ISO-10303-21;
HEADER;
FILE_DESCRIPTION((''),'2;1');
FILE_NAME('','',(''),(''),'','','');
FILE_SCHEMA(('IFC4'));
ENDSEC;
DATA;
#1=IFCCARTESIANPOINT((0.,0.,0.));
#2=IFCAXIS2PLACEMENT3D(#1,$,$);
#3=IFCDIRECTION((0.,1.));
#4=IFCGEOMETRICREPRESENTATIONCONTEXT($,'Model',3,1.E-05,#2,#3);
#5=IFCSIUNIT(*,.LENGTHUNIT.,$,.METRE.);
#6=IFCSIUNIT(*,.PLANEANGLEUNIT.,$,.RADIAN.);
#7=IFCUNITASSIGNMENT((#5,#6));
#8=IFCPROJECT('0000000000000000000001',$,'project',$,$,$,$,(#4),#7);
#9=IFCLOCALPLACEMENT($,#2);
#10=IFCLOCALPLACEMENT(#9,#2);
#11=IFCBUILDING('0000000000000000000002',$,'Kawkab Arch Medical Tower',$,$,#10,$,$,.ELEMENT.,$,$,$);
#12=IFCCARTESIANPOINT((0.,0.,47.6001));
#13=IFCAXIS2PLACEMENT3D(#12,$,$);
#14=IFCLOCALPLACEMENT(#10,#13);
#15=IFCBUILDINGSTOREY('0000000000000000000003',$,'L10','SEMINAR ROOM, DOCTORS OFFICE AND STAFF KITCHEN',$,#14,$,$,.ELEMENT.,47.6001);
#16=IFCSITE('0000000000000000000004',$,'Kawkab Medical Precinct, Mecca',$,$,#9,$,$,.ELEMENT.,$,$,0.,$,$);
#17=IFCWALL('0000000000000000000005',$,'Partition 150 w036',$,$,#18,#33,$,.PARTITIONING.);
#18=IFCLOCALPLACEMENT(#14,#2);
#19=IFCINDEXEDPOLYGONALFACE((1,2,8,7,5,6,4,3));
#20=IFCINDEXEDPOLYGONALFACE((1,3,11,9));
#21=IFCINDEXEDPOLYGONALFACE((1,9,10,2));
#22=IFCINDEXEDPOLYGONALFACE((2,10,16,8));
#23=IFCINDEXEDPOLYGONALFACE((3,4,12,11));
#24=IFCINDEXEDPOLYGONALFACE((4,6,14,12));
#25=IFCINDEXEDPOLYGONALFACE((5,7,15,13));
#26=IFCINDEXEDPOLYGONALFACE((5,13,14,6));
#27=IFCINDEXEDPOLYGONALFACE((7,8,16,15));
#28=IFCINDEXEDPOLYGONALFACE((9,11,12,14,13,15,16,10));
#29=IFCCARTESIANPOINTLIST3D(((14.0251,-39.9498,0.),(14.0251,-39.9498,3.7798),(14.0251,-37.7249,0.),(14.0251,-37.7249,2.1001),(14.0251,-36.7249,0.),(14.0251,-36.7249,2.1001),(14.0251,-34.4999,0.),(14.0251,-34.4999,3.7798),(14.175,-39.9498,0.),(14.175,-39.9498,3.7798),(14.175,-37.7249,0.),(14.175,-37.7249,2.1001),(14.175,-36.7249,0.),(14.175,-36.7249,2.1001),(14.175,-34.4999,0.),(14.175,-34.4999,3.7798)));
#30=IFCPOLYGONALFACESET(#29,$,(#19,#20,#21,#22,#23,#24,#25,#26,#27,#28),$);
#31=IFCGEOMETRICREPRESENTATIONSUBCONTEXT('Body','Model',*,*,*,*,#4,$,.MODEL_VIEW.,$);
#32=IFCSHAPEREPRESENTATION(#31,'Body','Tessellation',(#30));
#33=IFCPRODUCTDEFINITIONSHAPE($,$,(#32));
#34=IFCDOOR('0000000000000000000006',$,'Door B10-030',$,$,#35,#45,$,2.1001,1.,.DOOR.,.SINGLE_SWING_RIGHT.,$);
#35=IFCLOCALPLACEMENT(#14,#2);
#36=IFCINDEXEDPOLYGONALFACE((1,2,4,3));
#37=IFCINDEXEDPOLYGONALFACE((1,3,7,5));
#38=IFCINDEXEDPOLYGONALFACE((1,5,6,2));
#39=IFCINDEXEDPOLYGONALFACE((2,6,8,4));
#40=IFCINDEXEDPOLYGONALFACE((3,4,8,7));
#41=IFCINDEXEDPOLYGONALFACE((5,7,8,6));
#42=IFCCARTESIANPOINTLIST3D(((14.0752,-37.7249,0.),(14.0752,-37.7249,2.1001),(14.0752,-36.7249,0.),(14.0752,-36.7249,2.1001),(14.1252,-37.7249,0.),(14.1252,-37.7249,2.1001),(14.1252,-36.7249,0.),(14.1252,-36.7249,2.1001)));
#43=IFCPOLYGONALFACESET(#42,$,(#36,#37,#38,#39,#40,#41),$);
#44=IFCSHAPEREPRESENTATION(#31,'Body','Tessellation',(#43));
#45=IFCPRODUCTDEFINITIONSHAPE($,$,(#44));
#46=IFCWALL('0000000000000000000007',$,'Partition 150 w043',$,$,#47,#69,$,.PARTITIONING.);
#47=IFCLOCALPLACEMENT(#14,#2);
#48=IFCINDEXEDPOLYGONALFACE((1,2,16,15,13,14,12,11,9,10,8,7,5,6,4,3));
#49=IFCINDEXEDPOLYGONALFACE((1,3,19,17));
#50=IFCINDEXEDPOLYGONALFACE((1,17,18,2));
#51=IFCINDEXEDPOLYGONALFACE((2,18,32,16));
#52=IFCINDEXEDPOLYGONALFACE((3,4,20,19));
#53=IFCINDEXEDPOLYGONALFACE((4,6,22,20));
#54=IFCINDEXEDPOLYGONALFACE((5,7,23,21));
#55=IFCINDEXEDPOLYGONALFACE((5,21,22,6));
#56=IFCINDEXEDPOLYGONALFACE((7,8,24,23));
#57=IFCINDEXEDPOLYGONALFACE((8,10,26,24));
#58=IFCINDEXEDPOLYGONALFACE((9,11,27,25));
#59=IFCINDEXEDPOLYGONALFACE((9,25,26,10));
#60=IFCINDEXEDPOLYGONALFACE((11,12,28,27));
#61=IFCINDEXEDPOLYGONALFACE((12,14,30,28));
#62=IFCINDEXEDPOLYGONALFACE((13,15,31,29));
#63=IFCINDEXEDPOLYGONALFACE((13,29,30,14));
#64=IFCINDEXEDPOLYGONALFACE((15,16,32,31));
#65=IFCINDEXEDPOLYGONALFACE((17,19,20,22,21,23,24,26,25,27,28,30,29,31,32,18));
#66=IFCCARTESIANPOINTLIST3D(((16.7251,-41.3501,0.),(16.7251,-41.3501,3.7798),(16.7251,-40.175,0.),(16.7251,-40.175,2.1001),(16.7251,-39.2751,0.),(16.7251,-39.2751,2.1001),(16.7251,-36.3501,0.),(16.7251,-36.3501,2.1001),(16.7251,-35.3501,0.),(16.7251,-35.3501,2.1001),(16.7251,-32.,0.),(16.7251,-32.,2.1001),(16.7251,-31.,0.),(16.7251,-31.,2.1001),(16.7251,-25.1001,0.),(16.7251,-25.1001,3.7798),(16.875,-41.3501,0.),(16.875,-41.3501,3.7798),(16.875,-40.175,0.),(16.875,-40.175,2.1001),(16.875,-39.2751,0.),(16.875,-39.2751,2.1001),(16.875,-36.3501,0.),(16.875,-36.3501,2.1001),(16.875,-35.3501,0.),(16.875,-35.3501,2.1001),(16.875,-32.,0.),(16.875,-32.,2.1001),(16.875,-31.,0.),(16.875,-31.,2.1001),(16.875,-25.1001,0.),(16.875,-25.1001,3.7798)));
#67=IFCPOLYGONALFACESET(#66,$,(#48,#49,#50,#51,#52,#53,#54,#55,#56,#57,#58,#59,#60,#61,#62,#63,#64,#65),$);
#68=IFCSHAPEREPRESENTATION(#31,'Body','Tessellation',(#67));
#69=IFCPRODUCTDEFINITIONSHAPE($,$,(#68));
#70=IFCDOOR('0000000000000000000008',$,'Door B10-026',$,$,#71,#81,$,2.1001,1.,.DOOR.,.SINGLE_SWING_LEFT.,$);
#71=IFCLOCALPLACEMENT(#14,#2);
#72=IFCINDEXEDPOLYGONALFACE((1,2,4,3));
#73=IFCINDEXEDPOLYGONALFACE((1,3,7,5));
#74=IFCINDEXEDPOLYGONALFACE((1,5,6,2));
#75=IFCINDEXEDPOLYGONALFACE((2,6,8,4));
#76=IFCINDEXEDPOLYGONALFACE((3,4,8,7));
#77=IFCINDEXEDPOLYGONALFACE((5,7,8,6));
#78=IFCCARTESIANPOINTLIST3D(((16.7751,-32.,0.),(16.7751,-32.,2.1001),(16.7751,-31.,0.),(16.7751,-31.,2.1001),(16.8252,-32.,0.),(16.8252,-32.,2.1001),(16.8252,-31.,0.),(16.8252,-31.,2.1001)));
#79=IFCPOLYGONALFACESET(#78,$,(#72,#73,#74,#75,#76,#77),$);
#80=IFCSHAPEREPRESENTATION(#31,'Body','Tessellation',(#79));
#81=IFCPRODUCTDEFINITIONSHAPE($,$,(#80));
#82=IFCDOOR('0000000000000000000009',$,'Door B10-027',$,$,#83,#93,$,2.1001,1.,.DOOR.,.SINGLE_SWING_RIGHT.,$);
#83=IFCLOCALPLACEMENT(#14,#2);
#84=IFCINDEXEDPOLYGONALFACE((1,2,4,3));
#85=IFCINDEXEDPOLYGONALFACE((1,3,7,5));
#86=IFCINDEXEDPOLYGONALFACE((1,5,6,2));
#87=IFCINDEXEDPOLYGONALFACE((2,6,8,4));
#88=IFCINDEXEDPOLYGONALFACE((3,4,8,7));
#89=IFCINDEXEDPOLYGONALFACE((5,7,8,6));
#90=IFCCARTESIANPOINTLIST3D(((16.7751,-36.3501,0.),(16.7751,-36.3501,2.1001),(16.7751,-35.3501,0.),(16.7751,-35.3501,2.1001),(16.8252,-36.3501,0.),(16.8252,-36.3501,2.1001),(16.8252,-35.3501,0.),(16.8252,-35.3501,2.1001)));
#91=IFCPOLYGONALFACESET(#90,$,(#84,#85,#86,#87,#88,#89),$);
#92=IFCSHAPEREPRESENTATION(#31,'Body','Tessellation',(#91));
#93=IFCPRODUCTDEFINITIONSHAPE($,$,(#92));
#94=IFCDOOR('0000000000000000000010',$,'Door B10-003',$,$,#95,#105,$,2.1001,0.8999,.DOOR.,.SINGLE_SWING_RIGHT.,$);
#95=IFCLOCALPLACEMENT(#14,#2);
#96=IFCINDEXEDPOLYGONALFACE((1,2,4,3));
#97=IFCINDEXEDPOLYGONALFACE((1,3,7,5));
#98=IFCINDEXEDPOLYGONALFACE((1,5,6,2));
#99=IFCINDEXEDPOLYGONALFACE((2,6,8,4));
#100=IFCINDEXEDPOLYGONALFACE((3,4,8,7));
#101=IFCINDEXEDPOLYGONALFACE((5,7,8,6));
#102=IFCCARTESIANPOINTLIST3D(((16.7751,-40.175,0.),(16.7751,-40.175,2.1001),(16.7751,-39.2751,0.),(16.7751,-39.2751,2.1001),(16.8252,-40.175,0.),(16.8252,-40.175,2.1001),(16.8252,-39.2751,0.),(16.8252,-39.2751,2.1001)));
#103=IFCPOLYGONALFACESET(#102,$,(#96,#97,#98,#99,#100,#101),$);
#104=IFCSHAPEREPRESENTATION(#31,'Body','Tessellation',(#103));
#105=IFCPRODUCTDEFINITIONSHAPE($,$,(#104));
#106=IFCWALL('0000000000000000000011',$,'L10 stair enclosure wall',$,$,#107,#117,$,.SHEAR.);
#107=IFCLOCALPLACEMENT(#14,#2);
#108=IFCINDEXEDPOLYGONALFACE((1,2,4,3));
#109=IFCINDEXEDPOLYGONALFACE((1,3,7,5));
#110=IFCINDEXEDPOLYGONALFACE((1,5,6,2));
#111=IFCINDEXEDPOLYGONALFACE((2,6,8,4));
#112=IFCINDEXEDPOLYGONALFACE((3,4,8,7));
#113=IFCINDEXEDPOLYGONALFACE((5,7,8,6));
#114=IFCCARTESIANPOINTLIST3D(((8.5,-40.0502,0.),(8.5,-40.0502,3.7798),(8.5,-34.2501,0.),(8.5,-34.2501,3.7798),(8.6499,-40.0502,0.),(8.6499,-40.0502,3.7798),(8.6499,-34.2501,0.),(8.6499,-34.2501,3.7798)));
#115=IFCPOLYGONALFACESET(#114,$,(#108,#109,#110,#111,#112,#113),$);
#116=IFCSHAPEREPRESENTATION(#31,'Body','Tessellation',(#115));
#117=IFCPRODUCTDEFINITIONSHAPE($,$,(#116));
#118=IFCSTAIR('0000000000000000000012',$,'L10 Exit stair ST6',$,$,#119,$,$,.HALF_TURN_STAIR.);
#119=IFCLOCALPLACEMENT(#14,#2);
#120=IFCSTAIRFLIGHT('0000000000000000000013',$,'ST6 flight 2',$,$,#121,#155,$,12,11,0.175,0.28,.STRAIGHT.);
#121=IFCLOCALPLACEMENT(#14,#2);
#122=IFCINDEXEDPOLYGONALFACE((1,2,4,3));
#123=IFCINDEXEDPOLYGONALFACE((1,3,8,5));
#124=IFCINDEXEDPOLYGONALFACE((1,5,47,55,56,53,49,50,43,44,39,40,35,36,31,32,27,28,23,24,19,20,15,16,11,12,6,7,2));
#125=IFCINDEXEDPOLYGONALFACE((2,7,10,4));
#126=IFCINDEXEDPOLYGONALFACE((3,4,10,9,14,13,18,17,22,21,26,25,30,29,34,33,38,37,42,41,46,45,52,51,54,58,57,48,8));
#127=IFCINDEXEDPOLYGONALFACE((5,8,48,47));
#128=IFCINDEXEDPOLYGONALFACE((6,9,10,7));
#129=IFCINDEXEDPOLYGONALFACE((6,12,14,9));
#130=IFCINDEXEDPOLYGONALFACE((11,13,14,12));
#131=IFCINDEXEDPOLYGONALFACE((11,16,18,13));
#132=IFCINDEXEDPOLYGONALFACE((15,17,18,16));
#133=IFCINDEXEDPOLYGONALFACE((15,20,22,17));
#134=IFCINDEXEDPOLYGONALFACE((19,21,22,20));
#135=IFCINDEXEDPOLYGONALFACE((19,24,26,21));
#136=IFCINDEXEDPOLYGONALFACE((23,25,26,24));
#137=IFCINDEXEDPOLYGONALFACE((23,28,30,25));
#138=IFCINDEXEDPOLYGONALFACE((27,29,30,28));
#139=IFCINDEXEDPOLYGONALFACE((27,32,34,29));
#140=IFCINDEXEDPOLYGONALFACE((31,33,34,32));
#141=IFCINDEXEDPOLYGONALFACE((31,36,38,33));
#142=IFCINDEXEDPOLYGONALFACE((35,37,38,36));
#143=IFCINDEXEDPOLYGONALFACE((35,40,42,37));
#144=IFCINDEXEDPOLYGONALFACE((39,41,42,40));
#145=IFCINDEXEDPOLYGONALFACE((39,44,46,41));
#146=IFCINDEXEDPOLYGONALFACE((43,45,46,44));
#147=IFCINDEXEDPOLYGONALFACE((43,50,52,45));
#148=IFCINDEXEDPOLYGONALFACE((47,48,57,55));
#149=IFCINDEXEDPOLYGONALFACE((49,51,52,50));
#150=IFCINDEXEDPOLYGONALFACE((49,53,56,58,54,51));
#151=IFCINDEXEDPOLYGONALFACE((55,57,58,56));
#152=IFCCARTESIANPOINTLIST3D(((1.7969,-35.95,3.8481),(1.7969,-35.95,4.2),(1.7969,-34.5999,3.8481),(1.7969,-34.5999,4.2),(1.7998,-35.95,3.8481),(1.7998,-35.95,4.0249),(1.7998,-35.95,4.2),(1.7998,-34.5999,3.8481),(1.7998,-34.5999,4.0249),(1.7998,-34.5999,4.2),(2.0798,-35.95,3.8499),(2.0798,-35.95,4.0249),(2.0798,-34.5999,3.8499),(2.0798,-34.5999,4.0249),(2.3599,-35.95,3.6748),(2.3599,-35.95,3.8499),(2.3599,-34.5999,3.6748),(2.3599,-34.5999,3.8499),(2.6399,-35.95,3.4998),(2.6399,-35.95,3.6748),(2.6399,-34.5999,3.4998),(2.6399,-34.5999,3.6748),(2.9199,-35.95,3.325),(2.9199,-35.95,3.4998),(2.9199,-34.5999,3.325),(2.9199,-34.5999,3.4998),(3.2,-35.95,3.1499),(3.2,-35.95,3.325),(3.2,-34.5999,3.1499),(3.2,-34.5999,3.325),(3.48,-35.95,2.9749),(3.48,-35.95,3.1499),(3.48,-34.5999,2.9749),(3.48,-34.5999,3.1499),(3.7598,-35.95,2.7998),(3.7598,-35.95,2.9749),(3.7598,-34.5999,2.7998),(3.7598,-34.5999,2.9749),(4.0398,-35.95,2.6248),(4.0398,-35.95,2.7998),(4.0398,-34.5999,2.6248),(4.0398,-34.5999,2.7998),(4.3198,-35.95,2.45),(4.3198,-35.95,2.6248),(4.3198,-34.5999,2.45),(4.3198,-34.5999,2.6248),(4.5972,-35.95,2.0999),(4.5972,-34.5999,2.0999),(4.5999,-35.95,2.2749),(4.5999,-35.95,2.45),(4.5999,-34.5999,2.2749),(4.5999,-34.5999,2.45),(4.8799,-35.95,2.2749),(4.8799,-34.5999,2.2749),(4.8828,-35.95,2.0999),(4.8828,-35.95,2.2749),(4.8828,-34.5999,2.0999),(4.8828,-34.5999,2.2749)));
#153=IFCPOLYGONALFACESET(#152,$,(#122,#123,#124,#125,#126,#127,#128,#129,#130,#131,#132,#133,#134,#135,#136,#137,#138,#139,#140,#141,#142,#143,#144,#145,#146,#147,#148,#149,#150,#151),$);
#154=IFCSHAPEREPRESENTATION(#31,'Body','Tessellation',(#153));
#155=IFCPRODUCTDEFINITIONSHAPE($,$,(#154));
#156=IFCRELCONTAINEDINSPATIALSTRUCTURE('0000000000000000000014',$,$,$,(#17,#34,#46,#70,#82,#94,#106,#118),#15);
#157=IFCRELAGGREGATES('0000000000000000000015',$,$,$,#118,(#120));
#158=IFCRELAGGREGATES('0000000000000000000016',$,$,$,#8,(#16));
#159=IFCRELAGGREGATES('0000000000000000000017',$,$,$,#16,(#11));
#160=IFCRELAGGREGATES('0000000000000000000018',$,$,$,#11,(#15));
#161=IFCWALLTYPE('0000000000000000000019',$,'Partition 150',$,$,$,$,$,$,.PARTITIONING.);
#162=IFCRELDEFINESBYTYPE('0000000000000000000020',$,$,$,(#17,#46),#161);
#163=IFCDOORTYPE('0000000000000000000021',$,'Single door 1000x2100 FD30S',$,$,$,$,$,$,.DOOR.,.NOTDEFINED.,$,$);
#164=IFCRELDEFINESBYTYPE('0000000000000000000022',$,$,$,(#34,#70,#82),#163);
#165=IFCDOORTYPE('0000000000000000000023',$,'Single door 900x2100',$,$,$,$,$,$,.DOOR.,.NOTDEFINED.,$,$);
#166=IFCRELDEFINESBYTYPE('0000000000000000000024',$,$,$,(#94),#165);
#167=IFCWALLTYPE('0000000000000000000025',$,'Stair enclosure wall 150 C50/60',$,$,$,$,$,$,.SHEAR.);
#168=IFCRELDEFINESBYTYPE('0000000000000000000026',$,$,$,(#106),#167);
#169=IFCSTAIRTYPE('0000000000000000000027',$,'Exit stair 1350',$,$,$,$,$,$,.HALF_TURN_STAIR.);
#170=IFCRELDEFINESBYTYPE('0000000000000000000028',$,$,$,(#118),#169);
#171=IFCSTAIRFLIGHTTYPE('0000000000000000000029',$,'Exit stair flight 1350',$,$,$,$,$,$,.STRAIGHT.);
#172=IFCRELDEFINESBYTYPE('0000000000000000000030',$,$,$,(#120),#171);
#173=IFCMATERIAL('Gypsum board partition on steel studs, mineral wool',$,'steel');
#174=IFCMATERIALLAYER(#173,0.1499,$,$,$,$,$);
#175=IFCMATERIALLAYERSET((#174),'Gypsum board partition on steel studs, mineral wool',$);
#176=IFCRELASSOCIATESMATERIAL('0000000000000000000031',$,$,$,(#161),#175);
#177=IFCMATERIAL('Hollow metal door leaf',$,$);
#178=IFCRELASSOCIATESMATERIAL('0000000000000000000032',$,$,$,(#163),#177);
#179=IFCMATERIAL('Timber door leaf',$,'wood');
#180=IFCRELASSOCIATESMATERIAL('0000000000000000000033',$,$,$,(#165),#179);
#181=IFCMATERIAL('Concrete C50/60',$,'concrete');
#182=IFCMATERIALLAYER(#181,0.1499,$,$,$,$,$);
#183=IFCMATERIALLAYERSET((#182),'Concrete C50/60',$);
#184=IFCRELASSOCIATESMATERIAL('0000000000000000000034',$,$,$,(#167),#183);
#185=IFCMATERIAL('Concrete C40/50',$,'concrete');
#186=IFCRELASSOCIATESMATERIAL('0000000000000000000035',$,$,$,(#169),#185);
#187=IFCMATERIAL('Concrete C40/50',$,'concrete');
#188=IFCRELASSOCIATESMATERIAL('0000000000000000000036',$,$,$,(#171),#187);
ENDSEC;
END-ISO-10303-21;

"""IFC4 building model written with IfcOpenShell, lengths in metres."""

from ifc_helpers import new_model, si_unit, direction, frame, frame_2d, origin, place, context, subcontext, project, spatial, polyline, rectangle, outline, extrude, material, layer, layer_set, type_object, element, fill, aggregate, save


model = new_model("IFC4")

# Units and contexts
model_context = context("Model", 3, precision=1e-05, world=origin(), true_north=direction((0.0, 1.0)))
body_context = subcontext(model_context, "Body", "Model", "MODEL_VIEW")
ifc_project = project(units=[si_unit("LENGTHUNIT", "METRE"), si_unit("PLANEANGLEUNIT", "RADIAN")], contexts=[model_context])

# Site, building, storey
site_placement = place(None, origin())
site = spatial("IfcSite", under=ifc_project, at=site_placement, Name="Kawkab Medical Precinct, Mecca", CompositionType="ELEMENT", RefElevation=0.0)
building_placement = place(site_placement, origin())
building = spatial("IfcBuilding", under=site, at=building_placement, Name="Kawkab Arch Medical Tower", CompositionType="ELEMENT")
storey_placement = place(building_placement, frame((0.0, 0.0, 47.6001)))
storey = spatial("IfcBuildingStorey", under=building, at=storey_placement, Name="L10", Description="SEMINAR ROOM, DOCTORS OFFICE AND STAFF KITCHEN", CompositionType="ELEMENT", Elevation=47.6001)

# Shared definitions
ifc_material_1 = material(Name="Gypsum board partition on steel studs, mineral wool", Category="steel")
ifc_layer_1 = layer(ifc_material_1, 0.1499)
ifc_layer_set_1 = layer_set([ifc_layer_1], Name="Gypsum board partition on steel studs, mineral wool")
wall_type_1 = type_object("IfcWallType", Name="Partition 150", PredefinedType="PARTITIONING", material=ifc_layer_set_1)
ifc_material_2 = material(Name="Hollow metal door leaf")
door_type_1 = type_object("IfcDoorType", Name="Single door 1000x2100 FD30S", OperationType="NOTDEFINED", PredefinedType="DOOR", material=ifc_material_2)

# Wall, opening, door
wall_1_placement = place(storey_placement, frame((14.1001, -39.95, 0.0), z_axis=(0.0, 0.0, 1.0), x_axis=(0.0, 1.0, 0.0)))
wall_1 = element("IfcWall", 1, at=wall_1_placement, inside=storey, type_object=wall_type_1, Name="Partition 150 w036", PredefinedType="PARTITIONING", context=body_context, shape_type="SweptSolid", body=[
    extrude(rectangle(XDim=5.45, YDim=0.1499, at=frame_2d((2.7251, 0.0))), origin(), (0.0, 0.0, 1.0), 3.7798),
])
opening_1_placement = place(wall_1_placement, frame((2.2251, 0.0, 0.0)))
opening_1 = element("IfcOpeningElement", 2, at=opening_1_placement, cuts=wall_1, PredefinedType="OPENING", context=body_context, shape_type="SweptSolid", body=[
    extrude(rectangle(XDim=1.0, YDim=2.1001, at=frame_2d((0.5, 1.05))), frame((0.0, 0.085, 0.0), z_axis=(0.0, -1.0, 0.0), x_axis=(1.0, 0.0, 0.0)), (0.0, 0.0, 1.0), 0.1699),
])
door_1_placement = place(opening_1_placement, origin())
door_1 = element("IfcDoor", 3, at=door_1_placement, inside=storey, type_object=door_type_1, Name="Door B10-030", OperationType="SINGLE_SWING_RIGHT", OverallHeight=2.1001, OverallWidth=1.0, PredefinedType="DOOR", context=body_context, shape_type="SweptSolid", body=[
    extrude(rectangle(XDim=1.0, YDim=2.1001, at=frame_2d((0.5, 1.05))), frame((0.0, 0.0249, 0.0), z_axis=(0.0, -1.0, 0.0), x_axis=(1.0, 0.0, 0.0)), (0.0, 0.0, 1.0), 0.05),
])
fill(opening_1, door_1)

# Wall, openings, doors
wall_2_placement = place(storey_placement, frame((16.8, -41.3501, 0.0), z_axis=(0.0, 0.0, 1.0), x_axis=(0.0, 1.0, 0.0)))
wall_2 = element("IfcWall", 4, at=wall_2_placement, inside=storey, type_object=wall_type_1, Name="Partition 150 w043", PredefinedType="PARTITIONING", context=body_context, shape_type="SweptSolid", body=[
    extrude(rectangle(XDim=16.25, YDim=0.1499, at=frame_2d((8.125, 0.0))), origin(), (0.0, 0.0, 1.0), 3.7798),
])
opening_2_placement = place(wall_2_placement, frame((9.3501, 0.0, 0.0)))
opening_2 = element("IfcOpeningElement", 5, at=opening_2_placement, cuts=wall_2, PredefinedType="OPENING", context=body_context, shape_type="SweptSolid", body=[
    extrude(rectangle(XDim=1.0, YDim=2.1001, at=frame_2d((0.5, 1.05))), frame((0.0, 0.085, 0.0), z_axis=(0.0, -1.0, 0.0), x_axis=(1.0, 0.0, 0.0)), (0.0, 0.0, 1.0), 0.1699),
])
opening_3_placement = place(wall_2_placement, frame((5.0, 0.0, 0.0)))
opening_3 = element("IfcOpeningElement", 6, at=opening_3_placement, cuts=wall_2, PredefinedType="OPENING", context=body_context, shape_type="SweptSolid", body=[
    extrude(rectangle(XDim=1.0, YDim=2.1001, at=frame_2d((0.5, 1.05))), frame((0.0, 0.085, 0.0), z_axis=(0.0, -1.0, 0.0), x_axis=(1.0, 0.0, 0.0)), (0.0, 0.0, 1.0), 0.1699),
])
opening_4_placement = place(wall_2_placement, frame((1.175, 0.0, 0.0)))
opening_4 = element("IfcOpeningElement", 7, at=opening_4_placement, cuts=wall_2, PredefinedType="OPENING", context=body_context, shape_type="SweptSolid", body=[
    extrude(rectangle(XDim=0.8999, YDim=2.1001, at=frame_2d((0.45, 1.05))), frame((0.0, 0.085, 0.0), z_axis=(0.0, -1.0, 0.0), x_axis=(1.0, 0.0, 0.0)), (0.0, 0.0, 1.0), 0.1699),
])
door_2_placement = place(opening_2_placement, origin())
door_2 = element("IfcDoor", 8, at=door_2_placement, inside=storey, type_object=door_type_1, Name="Door B10-026", OperationType="SINGLE_SWING_LEFT", OverallHeight=2.1001, OverallWidth=1.0, PredefinedType="DOOR", context=body_context, shape_type="SweptSolid", body=[
    extrude(rectangle(XDim=1.0, YDim=2.1001, at=frame_2d((0.5, 1.05))), frame((0.0, 0.0249, 0.0), z_axis=(0.0, -1.0, 0.0), x_axis=(1.0, 0.0, 0.0)), (0.0, 0.0, 1.0), 0.05),
])
fill(opening_2, door_2)
door_3_placement = place(opening_3_placement, origin())
door_3 = element("IfcDoor", 9, at=door_3_placement, inside=storey, type_object=door_type_1, Name="Door B10-027", OperationType="SINGLE_SWING_RIGHT", OverallHeight=2.1001, OverallWidth=1.0, PredefinedType="DOOR", context=body_context, shape_type="SweptSolid", body=[
    extrude(rectangle(XDim=1.0, YDim=2.1001, at=frame_2d((0.5, 1.05))), frame((0.0, 0.0249, 0.0), z_axis=(0.0, -1.0, 0.0), x_axis=(1.0, 0.0, 0.0)), (0.0, 0.0, 1.0), 0.05),
])
fill(opening_3, door_3)
ifc_material_3 = material(Name="Timber door leaf", Category="wood")
door_type_2 = type_object("IfcDoorType", Name="Single door 900x2100", OperationType="NOTDEFINED", PredefinedType="DOOR", material=ifc_material_3)
door_4_placement = place(opening_4_placement, origin())
door_4 = element("IfcDoor", 10, at=door_4_placement, inside=storey, type_object=door_type_2, Name="Door B10-003", OperationType="SINGLE_SWING_RIGHT", OverallHeight=2.1001, OverallWidth=0.8999, PredefinedType="DOOR", context=body_context, shape_type="SweptSolid", body=[
    extrude(rectangle(XDim=0.8999, YDim=2.1001, at=frame_2d((0.45, 1.05))), frame((0.0, 0.0249, 0.0), z_axis=(0.0, -1.0, 0.0), x_axis=(1.0, 0.0, 0.0)), (0.0, 0.0, 1.0), 0.05),
])
fill(opening_4, door_4)

# Wall
ifc_material_4 = material(Name="Concrete C50/60", Category="concrete")
ifc_layer_2 = layer(ifc_material_4, 0.1499)
ifc_layer_set_2 = layer_set([ifc_layer_2], Name="Concrete C50/60")
wall_type_2 = type_object("IfcWallType", Name="Stair enclosure wall 150 C50/60", PredefinedType="SHEAR", material=ifc_layer_set_2)
wall_3_placement = place(storey_placement, frame((8.575, -40.05, 0.0), z_axis=(0.0, 0.0, 1.0), x_axis=(0.0, 1.0, 0.0)))
element("IfcWall", 11, at=wall_3_placement, inside=storey, type_object=wall_type_2, Name="L10 stair enclosure wall", PredefinedType="SHEAR", context=body_context, shape_type="SweptSolid", body=[
    extrude(rectangle(XDim=5.8, YDim=0.1499, at=frame_2d((2.8999, 0.0))), origin(), (0.0, 0.0, 1.0), 3.7798),
])

# Stair, stair flight
ifc_material_5 = material(Name="Concrete C40/50", Category="concrete")
stair_type = type_object("IfcStairType", Name="Exit stair 1350", PredefinedType="HALF_TURN_STAIR", material=ifc_material_5)
stair_placement = place(storey_placement, origin())
stair = element("IfcStair", 12, at=stair_placement, inside=storey, type_object=stair_type, Name="L10 Exit stair ST6", PredefinedType="HALF_TURN_STAIR")
ifc_material_6 = material(Name="Concrete C40/50", Category="concrete")
stair_flight_type = type_object("IfcStairFlightType", Name="Exit stair flight 1350", PredefinedType="STRAIGHT", material=ifc_material_6)
stair_flight_placement = place(storey_placement, frame((4.8799, -35.2749, 2.0999), z_axis=(0.0, 0.0, 1.0), x_axis=(-1.0, 0.0, 0.0)))
stair_flight = element("IfcStairFlight", 13, at=stair_flight_placement, type_object=stair_flight_type, Name="ST6 flight 2", NumberOfRisers=12, NumberOfTreads=11, PredefinedType="STRAIGHT", RiserHeight=0.175, TreadLength=0.28, context=body_context, shape_type="SweptSolid", body=[
    extrude(outline(polyline([(-0.0029, 0.0), (-0.0029, 0.175), (0.0, 0.175), (0.28, 0.175), (0.28, 0.3501), (0.5601, 0.3501), (0.5601, 0.5249), (0.8401, 0.5249), (0.8401, 0.7), (1.1201, 0.7), (1.1201, 0.875), (1.3999, 0.875), (1.3999, 1.05), (1.6799, 1.05), (1.6799, 1.2251), (1.96, 1.2251), (1.96, 1.3999), (2.24, 1.3999), (2.24, 1.575), (2.52, 1.575), (2.52, 1.75), (2.8, 1.75), (2.8, 1.925), (3.0801, 1.925), (3.0801, 2.1001), (3.083, 2.1001), (3.083, 1.7483), (3.0801, 1.7483), (0.2827, 0.0), (-0.0029, 0.0)])), frame((0.0, 0.675, 0.0), z_axis=(0.0, -1.0, 0.0), x_axis=(1.0, 0.0, 0.0)), (0.0, 0.0, 1.0), 1.3501),
])
aggregate(stair, [stair_flight])

save(model, "model.ifc")
